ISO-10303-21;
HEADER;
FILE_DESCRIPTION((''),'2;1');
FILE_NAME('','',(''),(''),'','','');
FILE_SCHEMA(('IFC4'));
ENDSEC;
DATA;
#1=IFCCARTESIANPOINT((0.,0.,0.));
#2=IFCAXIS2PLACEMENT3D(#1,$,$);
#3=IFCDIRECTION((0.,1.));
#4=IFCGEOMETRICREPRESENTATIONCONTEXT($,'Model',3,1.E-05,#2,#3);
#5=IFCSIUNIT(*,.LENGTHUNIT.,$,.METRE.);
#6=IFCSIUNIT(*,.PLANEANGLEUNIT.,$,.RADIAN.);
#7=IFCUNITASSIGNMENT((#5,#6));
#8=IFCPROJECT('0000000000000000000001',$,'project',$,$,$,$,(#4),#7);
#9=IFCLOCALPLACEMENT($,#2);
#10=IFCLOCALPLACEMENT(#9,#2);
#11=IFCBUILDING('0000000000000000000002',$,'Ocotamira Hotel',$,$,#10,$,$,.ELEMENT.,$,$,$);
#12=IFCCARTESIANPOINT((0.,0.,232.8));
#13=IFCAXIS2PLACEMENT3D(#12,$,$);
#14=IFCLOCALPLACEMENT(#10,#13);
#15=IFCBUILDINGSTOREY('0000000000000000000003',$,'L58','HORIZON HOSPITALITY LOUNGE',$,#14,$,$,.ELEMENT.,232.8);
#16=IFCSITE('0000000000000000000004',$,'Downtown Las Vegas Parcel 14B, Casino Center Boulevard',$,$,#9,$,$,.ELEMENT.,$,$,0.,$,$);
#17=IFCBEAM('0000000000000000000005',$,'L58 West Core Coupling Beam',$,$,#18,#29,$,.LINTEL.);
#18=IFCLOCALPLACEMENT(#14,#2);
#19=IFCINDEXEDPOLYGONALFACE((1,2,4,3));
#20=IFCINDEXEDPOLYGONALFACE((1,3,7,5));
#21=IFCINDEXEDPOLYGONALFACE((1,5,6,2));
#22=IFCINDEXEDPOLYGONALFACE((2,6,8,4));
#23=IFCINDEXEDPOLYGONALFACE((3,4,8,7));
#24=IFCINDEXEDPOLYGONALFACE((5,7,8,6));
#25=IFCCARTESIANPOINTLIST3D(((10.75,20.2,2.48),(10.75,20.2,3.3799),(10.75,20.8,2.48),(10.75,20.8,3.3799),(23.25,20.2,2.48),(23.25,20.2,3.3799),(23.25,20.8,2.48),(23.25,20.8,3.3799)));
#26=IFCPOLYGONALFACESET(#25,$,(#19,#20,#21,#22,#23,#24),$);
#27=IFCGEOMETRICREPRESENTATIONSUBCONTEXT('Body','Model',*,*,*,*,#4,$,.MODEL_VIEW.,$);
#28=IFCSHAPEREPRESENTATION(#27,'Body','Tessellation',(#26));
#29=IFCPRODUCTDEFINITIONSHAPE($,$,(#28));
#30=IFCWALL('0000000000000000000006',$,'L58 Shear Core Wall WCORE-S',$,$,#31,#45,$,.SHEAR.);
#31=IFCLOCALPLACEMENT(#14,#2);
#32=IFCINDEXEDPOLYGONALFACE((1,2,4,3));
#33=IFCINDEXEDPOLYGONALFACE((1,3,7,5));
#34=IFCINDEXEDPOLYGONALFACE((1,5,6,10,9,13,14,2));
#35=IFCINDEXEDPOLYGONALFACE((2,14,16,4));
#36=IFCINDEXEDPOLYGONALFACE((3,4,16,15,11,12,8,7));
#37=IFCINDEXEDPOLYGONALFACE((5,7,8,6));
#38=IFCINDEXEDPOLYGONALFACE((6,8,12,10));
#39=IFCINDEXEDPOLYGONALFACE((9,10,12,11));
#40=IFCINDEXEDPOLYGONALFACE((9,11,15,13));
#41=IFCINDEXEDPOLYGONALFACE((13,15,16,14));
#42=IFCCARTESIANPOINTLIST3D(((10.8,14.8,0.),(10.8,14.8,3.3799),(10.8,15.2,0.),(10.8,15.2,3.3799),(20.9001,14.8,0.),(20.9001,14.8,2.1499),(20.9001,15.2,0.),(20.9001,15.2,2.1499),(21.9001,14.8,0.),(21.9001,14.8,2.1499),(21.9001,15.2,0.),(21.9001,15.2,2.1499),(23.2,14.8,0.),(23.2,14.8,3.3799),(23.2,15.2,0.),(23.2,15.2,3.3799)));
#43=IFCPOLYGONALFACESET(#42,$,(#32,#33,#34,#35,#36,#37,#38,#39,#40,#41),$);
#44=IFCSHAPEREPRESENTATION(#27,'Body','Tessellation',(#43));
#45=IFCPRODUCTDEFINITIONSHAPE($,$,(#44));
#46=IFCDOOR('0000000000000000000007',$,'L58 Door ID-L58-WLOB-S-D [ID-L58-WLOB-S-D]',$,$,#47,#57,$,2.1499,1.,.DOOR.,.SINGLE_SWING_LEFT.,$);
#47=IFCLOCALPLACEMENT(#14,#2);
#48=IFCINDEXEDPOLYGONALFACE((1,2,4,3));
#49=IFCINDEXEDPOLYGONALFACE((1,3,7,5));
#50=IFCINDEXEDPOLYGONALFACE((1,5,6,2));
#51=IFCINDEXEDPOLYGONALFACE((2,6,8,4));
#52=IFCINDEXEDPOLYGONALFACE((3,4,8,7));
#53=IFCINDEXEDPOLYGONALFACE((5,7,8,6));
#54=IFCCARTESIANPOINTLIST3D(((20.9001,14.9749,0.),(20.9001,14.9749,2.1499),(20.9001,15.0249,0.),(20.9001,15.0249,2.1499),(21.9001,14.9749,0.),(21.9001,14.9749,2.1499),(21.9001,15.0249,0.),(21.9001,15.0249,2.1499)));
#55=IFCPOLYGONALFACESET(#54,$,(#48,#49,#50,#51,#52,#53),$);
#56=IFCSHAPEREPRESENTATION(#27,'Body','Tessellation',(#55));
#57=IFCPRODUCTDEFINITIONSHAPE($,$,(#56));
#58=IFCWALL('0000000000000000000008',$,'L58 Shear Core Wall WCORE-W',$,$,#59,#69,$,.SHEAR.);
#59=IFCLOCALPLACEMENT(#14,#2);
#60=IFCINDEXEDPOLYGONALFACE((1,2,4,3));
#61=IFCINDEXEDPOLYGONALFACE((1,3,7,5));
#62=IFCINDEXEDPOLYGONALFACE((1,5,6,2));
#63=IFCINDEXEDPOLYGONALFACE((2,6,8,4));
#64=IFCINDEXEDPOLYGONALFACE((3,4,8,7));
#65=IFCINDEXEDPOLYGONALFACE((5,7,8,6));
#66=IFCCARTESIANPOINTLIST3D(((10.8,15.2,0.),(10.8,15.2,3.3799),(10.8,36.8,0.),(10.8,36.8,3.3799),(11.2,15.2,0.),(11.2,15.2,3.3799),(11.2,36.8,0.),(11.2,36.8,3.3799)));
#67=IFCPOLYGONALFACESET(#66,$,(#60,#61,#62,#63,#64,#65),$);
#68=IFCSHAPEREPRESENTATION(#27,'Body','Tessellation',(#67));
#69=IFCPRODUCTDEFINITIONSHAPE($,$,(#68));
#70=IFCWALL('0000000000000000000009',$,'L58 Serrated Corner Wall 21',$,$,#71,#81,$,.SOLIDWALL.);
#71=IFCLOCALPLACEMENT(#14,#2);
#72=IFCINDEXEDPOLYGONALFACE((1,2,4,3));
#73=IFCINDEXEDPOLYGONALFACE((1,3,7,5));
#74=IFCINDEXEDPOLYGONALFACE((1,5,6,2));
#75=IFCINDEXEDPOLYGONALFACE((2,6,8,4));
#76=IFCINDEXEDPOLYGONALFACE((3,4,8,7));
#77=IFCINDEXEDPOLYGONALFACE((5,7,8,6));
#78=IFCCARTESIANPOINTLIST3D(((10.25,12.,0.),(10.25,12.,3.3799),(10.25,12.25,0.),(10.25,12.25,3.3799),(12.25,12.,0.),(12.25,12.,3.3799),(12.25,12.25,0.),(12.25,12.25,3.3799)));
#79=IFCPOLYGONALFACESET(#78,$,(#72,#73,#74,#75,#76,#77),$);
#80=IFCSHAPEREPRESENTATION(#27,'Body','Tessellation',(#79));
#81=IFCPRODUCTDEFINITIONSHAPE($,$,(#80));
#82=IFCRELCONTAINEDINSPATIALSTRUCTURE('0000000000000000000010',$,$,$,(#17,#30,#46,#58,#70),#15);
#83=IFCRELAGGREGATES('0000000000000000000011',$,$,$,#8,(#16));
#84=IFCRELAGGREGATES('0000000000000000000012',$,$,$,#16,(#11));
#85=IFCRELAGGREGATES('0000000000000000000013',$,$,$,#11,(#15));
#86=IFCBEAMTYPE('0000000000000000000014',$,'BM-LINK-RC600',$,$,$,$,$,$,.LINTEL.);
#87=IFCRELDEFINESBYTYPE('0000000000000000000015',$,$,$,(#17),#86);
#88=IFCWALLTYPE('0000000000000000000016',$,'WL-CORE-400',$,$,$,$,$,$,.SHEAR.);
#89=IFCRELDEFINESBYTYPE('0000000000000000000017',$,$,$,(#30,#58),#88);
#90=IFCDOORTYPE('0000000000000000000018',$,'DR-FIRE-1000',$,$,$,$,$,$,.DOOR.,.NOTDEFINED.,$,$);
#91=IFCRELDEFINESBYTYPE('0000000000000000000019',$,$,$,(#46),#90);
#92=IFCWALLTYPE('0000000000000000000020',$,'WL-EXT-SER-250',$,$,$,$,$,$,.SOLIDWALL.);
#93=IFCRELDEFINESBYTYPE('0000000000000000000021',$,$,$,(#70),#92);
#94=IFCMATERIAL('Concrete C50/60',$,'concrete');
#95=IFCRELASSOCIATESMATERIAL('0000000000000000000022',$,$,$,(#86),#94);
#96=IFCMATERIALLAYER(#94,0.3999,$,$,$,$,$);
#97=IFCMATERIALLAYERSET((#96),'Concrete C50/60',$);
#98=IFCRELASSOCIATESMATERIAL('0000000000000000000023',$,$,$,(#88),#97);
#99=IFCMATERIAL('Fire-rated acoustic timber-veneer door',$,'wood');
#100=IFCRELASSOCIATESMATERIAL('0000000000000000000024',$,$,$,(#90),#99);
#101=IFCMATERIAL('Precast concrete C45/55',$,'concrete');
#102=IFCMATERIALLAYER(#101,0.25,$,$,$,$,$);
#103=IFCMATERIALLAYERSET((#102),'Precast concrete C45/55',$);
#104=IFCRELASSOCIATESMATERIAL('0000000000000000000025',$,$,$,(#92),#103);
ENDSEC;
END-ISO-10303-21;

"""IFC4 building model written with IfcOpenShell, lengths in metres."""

from ifc_helpers import new_model, si_unit, direction, frame, frame_2d, origin, origin_2d, place, context, subcontext, project, spatial, rectangle, extrude, source, transform, mapped, material, layer, layer_set, material_profile, profile_set, type_object, element, fill, save


model = new_model("IFC4")

# Units and contexts
model_context = context("Model", 3, precision=1e-05, world=origin(), true_north=direction((0.0, 1.0)))
body_context = subcontext(model_context, "Body", "Model", "MODEL_VIEW")
ifc_project = project(units=[si_unit("LENGTHUNIT", "METRE"), si_unit("PLANEANGLEUNIT", "RADIAN")], contexts=[model_context])

# Site, building, storey
site_placement = place(None, origin())
site = spatial("IfcSite", under=ifc_project, at=site_placement, Name="Downtown Las Vegas Parcel 14B, Casino Center Boulevard", CompositionType="ELEMENT", RefElevation=0.0)
building_placement = place(site_placement, origin())
building = spatial("IfcBuilding", under=site, at=building_placement, Name="Ocotamira Hotel", CompositionType="ELEMENT")
storey_placement = place(building_placement, frame((0.0, 0.0, 232.8)))
storey = spatial("IfcBuildingStorey", under=building, at=storey_placement, Name="L58", Description="HORIZON HOSPITALITY LOUNGE", CompositionType="ELEMENT", Elevation=232.8)

# Beam
ifc_material_1 = material(Name="Concrete C50/60", Category="concrete")
ifc_material_profile = material_profile(ifc_material_1, rectangle(XDim=0.6001, YDim=0.8999, at=origin_2d()), Name="RC600X900")
ifc_profile_set = profile_set([ifc_material_profile], Name="Concrete C50/60")
beam_type = type_object("IfcBeamType", Name="BM-LINK-RC600", PredefinedType="LINTEL", material=ifc_profile_set)
shared_shape_1 = source(origin(), body_context, "Body", "SweptSolid", [
    extrude(rectangle(XDim=0.6001, YDim=0.8999, at=origin_2d()), origin(), (0.0, 0.0, 1.0), 12.5),
])
beam_placement = place(storey_placement, frame((10.75, 20.5, 2.9299), z_axis=(1.0, 0.0, 0.0), x_axis=(0.0, 1.0, 0.0)))
element("IfcBeam", 1, at=beam_placement, inside=storey, type_object=beam_type, Name="L58 West Core Coupling Beam", PredefinedType="LINTEL", context=body_context, shape_type="MappedRepresentation", body=[
    mapped(shared_shape_1, transform((0.0, 0.0, 0.0), scale=1.0)),
])

# Wall, opening, door
ifc_layer_1 = layer(ifc_material_1, 0.3999)
ifc_layer_set_1 = layer_set([ifc_layer_1], Name="Concrete C50/60")
wall_type_1 = type_object("IfcWallType", Name="WL-CORE-400", PredefinedType="SHEAR", material=ifc_layer_set_1)
wall_1_placement = place(storey_placement, frame((10.8, 15.0, 0.0), z_axis=(0.0, 0.0, 1.0), x_axis=(1.0, 0.0, 0.0)))
wall_1 = element("IfcWall", 2, at=wall_1_placement, inside=storey, type_object=wall_type_1, Name="L58 Shear Core Wall WCORE-S", PredefinedType="SHEAR", context=body_context, shape_type="SweptSolid", body=[
    extrude(rectangle(XDim=12.3999, YDim=0.3999, at=frame_2d((6.2, 0.0))), origin(), (0.0, 0.0, 1.0), 3.3799),
])
opening_1_placement = place(wall_1_placement, frame((10.1001, 0.0, 0.0)))
opening_1 = element("IfcOpeningElement", 3, at=opening_1_placement, cuts=wall_1, PredefinedType="OPENING", context=body_context, shape_type="SweptSolid", body=[
    extrude(rectangle(XDim=1.0, YDim=2.1499, at=frame_2d((0.5, 1.075))), frame((0.0, 0.21, 0.0), z_axis=(0.0, -1.0, 0.0), x_axis=(1.0, 0.0, 0.0)), (0.0, 0.0, 1.0), 0.4199),
])
ifc_material_2 = material(Name="Fire-rated acoustic timber-veneer door", Category="wood")
door_type_1 = type_object("IfcDoorType", Name="DR-FIRE-1000", OperationType="NOTDEFINED", PredefinedType="DOOR", material=ifc_material_2)
shared_shape_2 = source(origin(), body_context, "Body", "SweptSolid", [
    extrude(rectangle(XDim=1.0, YDim=2.1499, at=frame_2d((0.5, 1.075))), frame((0.0, 0.0249, 0.0), z_axis=(0.0, -1.0, 0.0), x_axis=(1.0, 0.0, 0.0)), (0.0, 0.0, 1.0), 0.05),
])
door_1_placement = place(opening_1_placement, origin())
door_1 = element("IfcDoor", 4, at=door_1_placement, inside=storey, type_object=door_type_1, Name="L58 Door ID-L58-WLOB-S-D [ID-L58-WLOB-S-D]", OperationType="SINGLE_SWING_LEFT", OverallHeight=2.1499, OverallWidth=1.0, PredefinedType="DOOR", context=body_context, shape_type="MappedRepresentation", body=[
    mapped(shared_shape_2, transform((0.0, 0.0, 0.0), scale=1.0)),
])
fill(opening_1, door_1)

# Walls
wall_2_placement = place(storey_placement, frame((11.0, 15.2, 0.0), z_axis=(0.0, 0.0, 1.0), x_axis=(0.0, 1.0, 0.0)))
element("IfcWall", 5, at=wall_2_placement, inside=storey, type_object=wall_type_1, Name="L58 Shear Core Wall WCORE-W", PredefinedType="SHEAR", context=body_context, shape_type="SweptSolid", body=[
    extrude(rectangle(XDim=21.6001, YDim=0.3999, at=frame_2d((10.8, 0.0))), origin(), (0.0, 0.0, 1.0), 3.3799),
])
ifc_material_3 = material(Name="Precast concrete C45/55", Category="concrete")
ifc_layer_2 = layer(ifc_material_3, 0.25)
ifc_layer_set_2 = layer_set([ifc_layer_2], Name="Precast concrete C45/55")
wall_type_2 = type_object("IfcWallType", Name="WL-EXT-SER-250", PredefinedType="SOLIDWALL", material=ifc_layer_set_2)
wall_3_placement = place(storey_placement, frame((10.25, 12.125, 0.0), z_axis=(0.0, 0.0, 1.0), x_axis=(1.0, 0.0, 0.0)))
element("IfcWall", 6, at=wall_3_placement, inside=storey, type_object=wall_type_2, Name="L58 Serrated Corner Wall 21", PredefinedType="SOLIDWALL", context=body_context, shape_type="SweptSolid", body=[
    extrude(rectangle(XDim=2.0, YDim=0.25, at=frame_2d((1.0, 0.0))), origin(), (0.0, 0.0, 1.0), 3.3799),
])

save(model, "model.ifc")
